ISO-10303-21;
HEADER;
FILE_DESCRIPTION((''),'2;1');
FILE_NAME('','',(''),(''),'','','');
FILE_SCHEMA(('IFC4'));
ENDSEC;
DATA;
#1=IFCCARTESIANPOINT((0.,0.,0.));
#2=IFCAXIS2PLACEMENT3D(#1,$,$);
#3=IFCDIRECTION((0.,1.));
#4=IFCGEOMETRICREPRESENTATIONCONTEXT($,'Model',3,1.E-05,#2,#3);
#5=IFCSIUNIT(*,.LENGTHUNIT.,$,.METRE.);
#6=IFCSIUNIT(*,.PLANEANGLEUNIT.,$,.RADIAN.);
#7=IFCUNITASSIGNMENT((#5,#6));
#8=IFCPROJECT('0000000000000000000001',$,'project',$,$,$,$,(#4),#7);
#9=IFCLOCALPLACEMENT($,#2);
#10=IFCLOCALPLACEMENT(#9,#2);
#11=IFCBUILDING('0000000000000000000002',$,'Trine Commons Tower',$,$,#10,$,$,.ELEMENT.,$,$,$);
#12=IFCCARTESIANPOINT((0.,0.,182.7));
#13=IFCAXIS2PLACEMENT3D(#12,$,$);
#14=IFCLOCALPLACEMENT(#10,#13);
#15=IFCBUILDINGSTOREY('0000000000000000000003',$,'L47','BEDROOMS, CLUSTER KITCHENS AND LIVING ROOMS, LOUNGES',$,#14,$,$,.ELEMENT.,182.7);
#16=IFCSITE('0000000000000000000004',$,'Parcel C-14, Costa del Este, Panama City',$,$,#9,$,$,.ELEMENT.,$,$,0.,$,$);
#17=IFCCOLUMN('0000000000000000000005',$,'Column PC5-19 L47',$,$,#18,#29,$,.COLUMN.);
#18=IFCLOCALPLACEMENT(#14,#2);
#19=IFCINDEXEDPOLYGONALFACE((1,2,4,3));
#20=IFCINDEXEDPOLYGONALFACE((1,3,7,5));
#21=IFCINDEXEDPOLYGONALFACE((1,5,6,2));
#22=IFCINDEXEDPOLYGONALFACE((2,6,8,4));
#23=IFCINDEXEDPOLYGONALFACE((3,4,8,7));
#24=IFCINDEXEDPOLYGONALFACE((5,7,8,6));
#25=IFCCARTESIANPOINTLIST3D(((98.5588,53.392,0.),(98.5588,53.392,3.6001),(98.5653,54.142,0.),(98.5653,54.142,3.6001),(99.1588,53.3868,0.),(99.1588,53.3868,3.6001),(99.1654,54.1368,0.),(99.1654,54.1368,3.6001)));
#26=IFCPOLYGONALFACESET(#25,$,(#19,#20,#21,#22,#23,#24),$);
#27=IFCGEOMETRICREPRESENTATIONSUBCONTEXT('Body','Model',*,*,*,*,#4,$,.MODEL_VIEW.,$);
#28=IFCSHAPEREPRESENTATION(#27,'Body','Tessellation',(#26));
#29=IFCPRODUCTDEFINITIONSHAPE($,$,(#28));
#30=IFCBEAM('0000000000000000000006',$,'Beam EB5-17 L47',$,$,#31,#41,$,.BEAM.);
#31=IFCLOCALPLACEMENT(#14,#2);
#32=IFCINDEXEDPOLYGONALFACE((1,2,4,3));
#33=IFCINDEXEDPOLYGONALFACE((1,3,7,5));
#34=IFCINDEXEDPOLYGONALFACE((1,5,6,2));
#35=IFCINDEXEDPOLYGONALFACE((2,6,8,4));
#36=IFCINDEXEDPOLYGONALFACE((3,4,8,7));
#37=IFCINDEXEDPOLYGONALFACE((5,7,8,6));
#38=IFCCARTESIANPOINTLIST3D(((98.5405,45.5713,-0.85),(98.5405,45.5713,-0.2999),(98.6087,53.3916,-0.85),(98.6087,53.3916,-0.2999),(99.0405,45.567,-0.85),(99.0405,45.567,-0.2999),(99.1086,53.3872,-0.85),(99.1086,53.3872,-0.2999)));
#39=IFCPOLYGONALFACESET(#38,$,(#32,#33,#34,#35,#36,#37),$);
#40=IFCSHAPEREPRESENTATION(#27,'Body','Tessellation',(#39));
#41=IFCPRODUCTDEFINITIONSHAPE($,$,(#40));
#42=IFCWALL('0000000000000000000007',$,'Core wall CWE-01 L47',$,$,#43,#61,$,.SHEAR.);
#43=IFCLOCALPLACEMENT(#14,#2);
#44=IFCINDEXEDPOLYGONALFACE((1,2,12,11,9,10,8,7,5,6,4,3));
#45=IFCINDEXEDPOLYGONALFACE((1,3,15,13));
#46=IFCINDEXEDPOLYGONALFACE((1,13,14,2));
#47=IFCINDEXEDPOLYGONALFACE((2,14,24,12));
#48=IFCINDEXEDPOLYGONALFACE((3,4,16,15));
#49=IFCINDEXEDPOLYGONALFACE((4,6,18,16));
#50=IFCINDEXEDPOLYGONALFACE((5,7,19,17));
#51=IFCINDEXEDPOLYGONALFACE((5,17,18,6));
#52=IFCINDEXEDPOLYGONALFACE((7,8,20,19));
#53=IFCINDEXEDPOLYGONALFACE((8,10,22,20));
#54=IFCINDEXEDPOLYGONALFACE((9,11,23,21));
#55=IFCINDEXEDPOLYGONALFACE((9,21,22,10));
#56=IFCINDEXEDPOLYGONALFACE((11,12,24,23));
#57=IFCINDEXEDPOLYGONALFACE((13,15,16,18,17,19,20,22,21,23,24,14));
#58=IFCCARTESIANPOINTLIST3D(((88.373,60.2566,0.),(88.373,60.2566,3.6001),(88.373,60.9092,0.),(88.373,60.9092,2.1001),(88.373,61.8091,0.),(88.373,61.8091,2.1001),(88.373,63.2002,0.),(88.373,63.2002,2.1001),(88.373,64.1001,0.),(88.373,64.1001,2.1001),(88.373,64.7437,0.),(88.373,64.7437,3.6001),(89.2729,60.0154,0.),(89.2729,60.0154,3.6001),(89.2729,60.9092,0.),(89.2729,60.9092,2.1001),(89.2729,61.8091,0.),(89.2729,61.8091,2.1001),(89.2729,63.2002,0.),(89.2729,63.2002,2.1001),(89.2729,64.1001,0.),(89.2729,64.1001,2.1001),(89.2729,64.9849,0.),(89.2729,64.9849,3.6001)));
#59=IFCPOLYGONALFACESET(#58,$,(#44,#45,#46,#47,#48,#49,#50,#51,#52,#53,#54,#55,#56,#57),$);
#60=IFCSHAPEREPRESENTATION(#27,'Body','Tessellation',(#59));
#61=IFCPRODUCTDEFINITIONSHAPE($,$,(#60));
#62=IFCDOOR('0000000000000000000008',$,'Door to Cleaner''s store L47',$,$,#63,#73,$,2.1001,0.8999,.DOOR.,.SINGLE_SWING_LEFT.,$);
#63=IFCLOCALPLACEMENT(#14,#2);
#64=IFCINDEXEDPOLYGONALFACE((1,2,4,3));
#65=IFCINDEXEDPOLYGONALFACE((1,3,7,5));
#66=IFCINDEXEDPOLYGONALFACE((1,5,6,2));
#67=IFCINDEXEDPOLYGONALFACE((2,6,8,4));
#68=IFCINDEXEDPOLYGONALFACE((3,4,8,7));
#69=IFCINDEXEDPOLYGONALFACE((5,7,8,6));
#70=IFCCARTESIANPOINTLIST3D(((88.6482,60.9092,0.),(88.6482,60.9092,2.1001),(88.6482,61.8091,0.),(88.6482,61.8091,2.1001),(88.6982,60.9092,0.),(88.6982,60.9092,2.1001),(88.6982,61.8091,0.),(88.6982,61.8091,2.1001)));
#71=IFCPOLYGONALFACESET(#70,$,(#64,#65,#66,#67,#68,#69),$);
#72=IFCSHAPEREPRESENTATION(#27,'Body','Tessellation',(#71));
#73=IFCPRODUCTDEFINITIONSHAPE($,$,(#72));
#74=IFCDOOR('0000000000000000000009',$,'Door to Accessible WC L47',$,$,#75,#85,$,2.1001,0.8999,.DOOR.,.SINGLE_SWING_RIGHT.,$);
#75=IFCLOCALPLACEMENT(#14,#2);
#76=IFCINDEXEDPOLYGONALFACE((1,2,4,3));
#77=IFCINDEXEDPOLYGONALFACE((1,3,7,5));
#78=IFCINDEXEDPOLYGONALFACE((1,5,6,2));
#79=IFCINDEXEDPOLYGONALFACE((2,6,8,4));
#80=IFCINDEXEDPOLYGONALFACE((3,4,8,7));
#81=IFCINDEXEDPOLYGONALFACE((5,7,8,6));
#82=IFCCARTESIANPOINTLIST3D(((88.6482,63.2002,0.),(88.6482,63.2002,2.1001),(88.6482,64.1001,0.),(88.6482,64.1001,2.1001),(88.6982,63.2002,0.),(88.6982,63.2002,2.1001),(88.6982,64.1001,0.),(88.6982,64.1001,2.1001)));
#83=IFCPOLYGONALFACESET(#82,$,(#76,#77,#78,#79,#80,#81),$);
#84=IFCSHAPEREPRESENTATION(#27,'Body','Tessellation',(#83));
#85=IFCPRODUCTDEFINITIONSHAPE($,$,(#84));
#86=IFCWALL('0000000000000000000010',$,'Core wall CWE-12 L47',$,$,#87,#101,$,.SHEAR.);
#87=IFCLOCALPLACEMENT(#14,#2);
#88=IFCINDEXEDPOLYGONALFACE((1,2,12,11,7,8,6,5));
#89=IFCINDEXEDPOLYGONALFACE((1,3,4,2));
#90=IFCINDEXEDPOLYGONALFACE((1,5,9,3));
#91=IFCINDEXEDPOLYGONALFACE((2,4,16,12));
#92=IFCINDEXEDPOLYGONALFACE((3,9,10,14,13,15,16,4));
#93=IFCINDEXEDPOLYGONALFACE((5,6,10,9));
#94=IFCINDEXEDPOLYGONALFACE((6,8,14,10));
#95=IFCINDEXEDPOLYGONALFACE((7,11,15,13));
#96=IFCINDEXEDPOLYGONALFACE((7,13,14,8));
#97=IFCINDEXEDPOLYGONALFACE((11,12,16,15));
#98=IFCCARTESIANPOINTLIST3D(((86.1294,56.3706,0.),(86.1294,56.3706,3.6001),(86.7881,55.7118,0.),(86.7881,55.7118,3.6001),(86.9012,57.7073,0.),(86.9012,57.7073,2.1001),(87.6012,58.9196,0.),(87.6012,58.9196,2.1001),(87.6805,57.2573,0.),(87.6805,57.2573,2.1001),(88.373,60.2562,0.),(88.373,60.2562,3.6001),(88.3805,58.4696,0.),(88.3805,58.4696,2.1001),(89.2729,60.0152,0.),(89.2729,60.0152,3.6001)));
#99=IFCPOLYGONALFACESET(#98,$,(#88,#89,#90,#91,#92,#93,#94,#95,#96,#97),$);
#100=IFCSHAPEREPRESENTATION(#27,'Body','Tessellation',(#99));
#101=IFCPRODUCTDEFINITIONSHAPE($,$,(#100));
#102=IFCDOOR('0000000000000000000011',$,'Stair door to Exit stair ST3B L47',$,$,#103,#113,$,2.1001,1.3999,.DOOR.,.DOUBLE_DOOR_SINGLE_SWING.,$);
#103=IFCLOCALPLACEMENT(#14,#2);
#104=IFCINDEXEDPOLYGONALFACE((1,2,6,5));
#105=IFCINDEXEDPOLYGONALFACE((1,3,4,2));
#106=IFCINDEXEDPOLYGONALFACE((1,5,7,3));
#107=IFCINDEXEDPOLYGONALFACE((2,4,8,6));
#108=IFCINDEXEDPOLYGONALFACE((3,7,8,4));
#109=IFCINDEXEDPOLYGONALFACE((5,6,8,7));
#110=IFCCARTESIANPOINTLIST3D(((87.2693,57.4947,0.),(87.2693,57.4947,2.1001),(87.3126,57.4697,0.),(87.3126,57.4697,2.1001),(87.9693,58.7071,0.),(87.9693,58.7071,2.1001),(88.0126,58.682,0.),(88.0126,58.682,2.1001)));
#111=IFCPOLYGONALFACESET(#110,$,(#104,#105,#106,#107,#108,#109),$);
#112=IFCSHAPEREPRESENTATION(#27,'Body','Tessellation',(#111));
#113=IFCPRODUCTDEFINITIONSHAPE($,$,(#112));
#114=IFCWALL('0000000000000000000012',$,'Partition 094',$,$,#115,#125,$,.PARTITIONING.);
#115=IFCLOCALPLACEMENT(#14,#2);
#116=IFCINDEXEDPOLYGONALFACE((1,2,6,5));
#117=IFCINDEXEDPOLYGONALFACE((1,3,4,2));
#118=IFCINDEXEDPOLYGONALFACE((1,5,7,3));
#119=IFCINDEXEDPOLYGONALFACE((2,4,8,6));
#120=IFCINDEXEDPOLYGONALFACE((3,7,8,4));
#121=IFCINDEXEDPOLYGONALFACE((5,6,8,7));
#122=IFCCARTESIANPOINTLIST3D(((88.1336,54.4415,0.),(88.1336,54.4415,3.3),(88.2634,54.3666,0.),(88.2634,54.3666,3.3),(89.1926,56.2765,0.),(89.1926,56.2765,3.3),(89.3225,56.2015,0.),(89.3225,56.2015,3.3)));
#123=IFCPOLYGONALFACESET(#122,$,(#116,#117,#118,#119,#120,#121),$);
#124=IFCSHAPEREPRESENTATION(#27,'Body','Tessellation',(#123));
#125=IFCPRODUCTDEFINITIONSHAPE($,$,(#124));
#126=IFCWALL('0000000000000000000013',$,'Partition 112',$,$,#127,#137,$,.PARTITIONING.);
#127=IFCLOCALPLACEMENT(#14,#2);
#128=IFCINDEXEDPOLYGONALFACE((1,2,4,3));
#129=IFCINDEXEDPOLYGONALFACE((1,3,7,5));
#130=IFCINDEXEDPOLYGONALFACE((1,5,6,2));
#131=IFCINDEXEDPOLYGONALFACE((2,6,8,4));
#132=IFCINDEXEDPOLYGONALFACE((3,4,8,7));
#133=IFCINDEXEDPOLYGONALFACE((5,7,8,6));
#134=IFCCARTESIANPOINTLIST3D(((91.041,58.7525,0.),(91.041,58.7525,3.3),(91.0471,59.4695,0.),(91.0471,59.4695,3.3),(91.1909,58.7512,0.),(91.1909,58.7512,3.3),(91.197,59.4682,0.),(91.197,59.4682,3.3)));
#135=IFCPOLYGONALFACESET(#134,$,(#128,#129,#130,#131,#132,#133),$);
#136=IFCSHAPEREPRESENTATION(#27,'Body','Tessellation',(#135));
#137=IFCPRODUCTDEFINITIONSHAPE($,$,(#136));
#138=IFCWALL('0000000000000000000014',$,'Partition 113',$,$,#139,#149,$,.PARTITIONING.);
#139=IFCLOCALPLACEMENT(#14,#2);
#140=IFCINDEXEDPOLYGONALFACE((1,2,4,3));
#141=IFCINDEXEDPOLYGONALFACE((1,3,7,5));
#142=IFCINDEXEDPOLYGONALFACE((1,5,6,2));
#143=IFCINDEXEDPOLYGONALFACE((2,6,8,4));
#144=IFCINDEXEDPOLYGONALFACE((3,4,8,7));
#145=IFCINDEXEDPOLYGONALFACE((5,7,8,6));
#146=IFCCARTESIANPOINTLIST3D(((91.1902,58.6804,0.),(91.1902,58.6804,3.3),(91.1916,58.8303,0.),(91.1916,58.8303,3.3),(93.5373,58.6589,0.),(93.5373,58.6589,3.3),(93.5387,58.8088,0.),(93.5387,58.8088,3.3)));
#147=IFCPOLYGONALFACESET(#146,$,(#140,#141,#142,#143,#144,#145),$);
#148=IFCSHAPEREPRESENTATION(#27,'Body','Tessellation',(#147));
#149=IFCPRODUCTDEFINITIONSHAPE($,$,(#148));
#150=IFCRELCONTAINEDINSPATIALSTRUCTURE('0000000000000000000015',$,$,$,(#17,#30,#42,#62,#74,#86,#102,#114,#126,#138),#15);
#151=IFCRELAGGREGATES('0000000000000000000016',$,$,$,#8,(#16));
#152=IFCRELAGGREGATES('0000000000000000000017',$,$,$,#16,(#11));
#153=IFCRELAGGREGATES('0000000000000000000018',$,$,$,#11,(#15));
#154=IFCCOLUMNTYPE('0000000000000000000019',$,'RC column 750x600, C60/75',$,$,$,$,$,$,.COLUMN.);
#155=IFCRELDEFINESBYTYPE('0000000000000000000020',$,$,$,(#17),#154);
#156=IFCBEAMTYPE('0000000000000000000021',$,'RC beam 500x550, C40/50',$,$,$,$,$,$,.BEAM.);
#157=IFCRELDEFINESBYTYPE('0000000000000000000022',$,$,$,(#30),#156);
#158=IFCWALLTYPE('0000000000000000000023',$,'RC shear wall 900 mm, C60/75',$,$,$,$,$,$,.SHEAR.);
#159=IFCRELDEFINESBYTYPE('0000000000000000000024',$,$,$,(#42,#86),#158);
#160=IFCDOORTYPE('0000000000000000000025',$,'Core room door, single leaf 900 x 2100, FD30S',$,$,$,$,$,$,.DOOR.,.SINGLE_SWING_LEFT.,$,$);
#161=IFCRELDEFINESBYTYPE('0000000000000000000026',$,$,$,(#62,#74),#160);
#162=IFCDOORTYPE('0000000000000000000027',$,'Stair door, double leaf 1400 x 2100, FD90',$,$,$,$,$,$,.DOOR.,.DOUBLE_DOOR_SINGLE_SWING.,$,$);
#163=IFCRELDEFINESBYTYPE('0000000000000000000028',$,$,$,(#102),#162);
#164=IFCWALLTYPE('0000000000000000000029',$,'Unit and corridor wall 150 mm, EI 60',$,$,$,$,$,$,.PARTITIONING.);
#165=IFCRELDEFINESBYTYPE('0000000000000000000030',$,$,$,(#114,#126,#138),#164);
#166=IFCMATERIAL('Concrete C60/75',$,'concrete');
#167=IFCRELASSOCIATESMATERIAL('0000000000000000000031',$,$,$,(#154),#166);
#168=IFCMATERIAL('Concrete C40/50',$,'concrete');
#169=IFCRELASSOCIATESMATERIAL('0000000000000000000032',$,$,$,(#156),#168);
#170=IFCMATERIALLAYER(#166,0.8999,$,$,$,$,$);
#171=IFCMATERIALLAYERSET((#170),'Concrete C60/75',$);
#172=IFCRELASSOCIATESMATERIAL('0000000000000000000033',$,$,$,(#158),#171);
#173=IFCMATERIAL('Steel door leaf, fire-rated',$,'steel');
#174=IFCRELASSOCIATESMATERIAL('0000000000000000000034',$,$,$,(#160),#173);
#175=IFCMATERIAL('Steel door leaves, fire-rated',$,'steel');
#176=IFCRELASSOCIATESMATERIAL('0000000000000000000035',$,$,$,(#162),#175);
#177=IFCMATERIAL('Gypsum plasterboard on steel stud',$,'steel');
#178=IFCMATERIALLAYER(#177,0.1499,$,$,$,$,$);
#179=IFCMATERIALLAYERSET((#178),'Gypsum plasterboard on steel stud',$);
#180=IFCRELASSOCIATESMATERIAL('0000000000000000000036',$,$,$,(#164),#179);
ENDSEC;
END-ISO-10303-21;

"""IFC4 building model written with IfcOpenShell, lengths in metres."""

from ifc_helpers import new_model, si_unit, direction, frame, frame_2d, origin, origin_2d, place, context, subcontext, project, spatial, polyline, rectangle, outline, extrude, material, layer, layer_set, material_profile, profile_set, type_object, element, fill, save


model = new_model("IFC4")

# Units and contexts
model_context = context("Model", 3, precision=1e-05, world=origin(), true_north=direction((0.0, 1.0)))
body_context = subcontext(model_context, "Body", "Model", "MODEL_VIEW")
ifc_project = project(units=[si_unit("LENGTHUNIT", "METRE"), si_unit("PLANEANGLEUNIT", "RADIAN")], contexts=[model_context])

# Site, building, storey
site_placement = place(None, origin())
site = spatial("IfcSite", under=ifc_project, at=site_placement, Name="Parcel C-14, Costa del Este, Panama City", CompositionType="ELEMENT", RefElevation=0.0)
building_placement = place(site_placement, origin())
building = spatial("IfcBuilding", under=site, at=building_placement, Name="Trine Commons Tower", CompositionType="ELEMENT")
storey_placement = place(building_placement, frame((0.0, 0.0, 182.7)))
storey = spatial("IfcBuildingStorey", under=building, at=storey_placement, Name="L47", Description="BEDROOMS, CLUSTER KITCHENS AND LIVING ROOMS, LOUNGES", CompositionType="ELEMENT", Elevation=182.7)

# Column
ifc_material_1 = material(Name="Concrete C60/75", Category="concrete")
ifc_material_profile_1 = material_profile(ifc_material_1, rectangle(XDim=0.75, YDim=0.6001, at=origin_2d()), Name="RC 750x600")
ifc_profile_set_1 = profile_set([ifc_material_profile_1], Name="Concrete C60/75")
column_type = type_object("IfcColumnType", Name="RC column 750x600, C60/75", PredefinedType="COLUMN", material=ifc_profile_set_1)
column_placement = place(storey_placement, frame((98.8621, 53.7644, 0.0), z_axis=(0.0, 0.0, 1.0), x_axis=(0.008727, 0.999962, 0.0)))
element("IfcColumn", 1, at=column_placement, inside=storey, type_object=column_type, Name="Column PC5-19 L47", PredefinedType="COLUMN", context=body_context, shape_type="SweptSolid", body=[
    extrude(rectangle(XDim=0.75, YDim=0.6001, at=origin_2d()), origin(), (0.0, 0.0, 1.0), 3.6001),
])

# Beam
ifc_material_2 = material(Name="Concrete C40/50", Category="concrete")
ifc_material_profile_2 = material_profile(ifc_material_2, rectangle(XDim=0.5, YDim=0.55, at=origin_2d()), Name="RC 500x550")
ifc_profile_set_2 = profile_set([ifc_material_profile_2], Name="Concrete C40/50")
beam_type = type_object("IfcBeamType", Name="RC beam 500x550, C40/50", PredefinedType="BEAM", material=ifc_profile_set_2)
beam_placement = place(storey_placement, frame((98.8586, 53.3894, -0.575), z_axis=(-0.00871, -0.999962, 0.0), x_axis=(0.999962, -0.00871, 0.0)))
element("IfcBeam", 2, at=beam_placement, inside=storey, type_object=beam_type, Name="Beam EB5-17 L47", PredefinedType="BEAM", context=body_context, shape_type="SweptSolid", body=[
    extrude(rectangle(XDim=0.5, YDim=0.55, at=origin_2d()), origin(), (0.0, 0.0, 1.0), 7.8206),
])

# Wall, openings, doors
ifc_layer_1 = layer(ifc_material_1, 0.8999)
ifc_layer_set_1 = layer_set([ifc_layer_1], Name="Concrete C60/75")
wall_type_1 = type_object("IfcWallType", Name="RC shear wall 900 mm, C60/75", PredefinedType="SHEAR", material=ifc_layer_set_1)
wall_1_placement = place(storey_placement, frame((88.823, 60.0154, 0.0), z_axis=(0.0, 0.0, 1.0), x_axis=(0.0, 1.0, 0.0)))
wall_1 = element("IfcWall", 3, at=wall_1_placement, inside=storey, type_object=wall_type_1, Name="Core wall CWE-01 L47", PredefinedType="SHEAR", context=body_context, shape_type="SweptSolid", body=[
    extrude(outline(polyline([(0.0, -0.45), (4.9695, -0.45), (4.7283, 0.45), (0.2412, 0.45), (0.0, -0.45)])), origin(), (0.0, 0.0, 1.0), 3.6001),
])
opening_1_placement = place(wall_1_placement, frame((0.8938, 0.0, 0.0)))
opening_1 = element("IfcOpeningElement", 4, at=opening_1_placement, cuts=wall_1, PredefinedType="OPENING", context=body_context, shape_type="SweptSolid", body=[
    extrude(rectangle(XDim=0.8999, YDim=2.1001, at=frame_2d((0.45, 1.05))), frame((0.0, 0.46, 0.0), z_axis=(0.0, -1.0, 0.0), x_axis=(1.0, 0.0, 0.0)), (0.0, 0.0, 1.0), 0.9199),
])
opening_2_placement = place(wall_1_placement, frame((3.1848, 0.0, 0.0)))
opening_2 = element("IfcOpeningElement", 5, at=opening_2_placement, cuts=wall_1, PredefinedType="OPENING", context=body_context, shape_type="SweptSolid", body=[
    extrude(rectangle(XDim=0.8999, YDim=2.1001, at=frame_2d((0.45, 1.05))), frame((0.0, 0.46, 0.0), z_axis=(0.0, -1.0, 0.0), x_axis=(1.0, 0.0, 0.0)), (0.0, 0.0, 1.0), 0.9199),
])
ifc_material_3 = material(Name="Steel door leaf, fire-rated", Category="steel")
door_type_1 = type_object("IfcDoorType", Name="Core room door, single leaf 900 x 2100, FD30S", OperationType="SINGLE_SWING_LEFT", PredefinedType="DOOR", material=ifc_material_3)
door_1_placement = place(opening_1_placement, origin())
door_1 = element("IfcDoor", 6, at=door_1_placement, inside=storey, type_object=door_type_1, Name="Door to Cleaner's store L47", OperationType="SINGLE_SWING_LEFT", OverallHeight=2.1001, OverallWidth=0.8999, PredefinedType="DOOR", context=body_context, shape_type="SweptSolid", body=[
    extrude(rectangle(XDim=0.8999, YDim=2.1001, at=frame_2d((0.45, 1.05))), frame((0.0, 0.1748, 0.0), z_axis=(0.0, -1.0, 0.0), x_axis=(1.0, 0.0, 0.0)), (0.0, 0.0, 1.0), 0.05),
])
fill(opening_1, door_1)
door_2_placement = place(opening_2_placement, origin())
door_2 = element("IfcDoor", 7, at=door_2_placement, inside=storey, type_object=door_type_1, Name="Door to Accessible WC L47", OperationType="SINGLE_SWING_RIGHT", OverallHeight=2.1001, OverallWidth=0.8999, PredefinedType="DOOR", context=body_context, shape_type="SweptSolid", body=[
    extrude(rectangle(XDim=0.8999, YDim=2.1001, at=frame_2d((0.45, 1.05))), frame((0.0, 0.1748, 0.0), z_axis=(0.0, -1.0, 0.0), x_axis=(1.0, 0.0, 0.0)), (0.0, 0.0, 1.0), 0.05),
])
fill(opening_2, door_2)

# Wall, opening, door
wall_2_placement = place(storey_placement, frame((86.3984, 55.9368, 0.0), z_axis=(0.0, 0.0, 1.0), x_axis=(0.500039, 0.866003, 0.0)))
wall_2 = element("IfcWall", 8, at=wall_2_placement, inside=storey, type_object=wall_type_1, Name="Core wall CWE-12 L47", PredefinedType="SHEAR", context=body_context, shape_type="SweptSolid", body=[
    extrude(outline(polyline([(0.0, -0.45), (4.9692, -0.45), (4.728, 0.45), (0.2412, 0.45), (0.0, -0.45)])), origin(), (0.0, 0.0, 1.0), 3.6001),
])
opening_3_placement = place(wall_2_placement, frame((1.7847, 0.0, 0.0)))
opening_3 = element("IfcOpeningElement", 9, at=opening_3_placement, cuts=wall_2, PredefinedType="OPENING", context=body_context, shape_type="SweptSolid", body=[
    extrude(rectangle(XDim=1.3999, YDim=2.1001, at=frame_2d((0.7, 1.05))), frame((0.0, 0.46, 0.0), z_axis=(0.0, -1.0, 0.0), x_axis=(1.0, 0.0, 0.0)), (0.0, 0.0, 1.0), 0.9199),
])
ifc_material_4 = material(Name="Steel door leaves, fire-rated", Category="steel")
door_type_2 = type_object("IfcDoorType", Name="Stair door, double leaf 1400 x 2100, FD90", OperationType="DOUBLE_DOOR_SINGLE_SWING", PredefinedType="DOOR", material=ifc_material_4)
door_3_placement = place(opening_3_placement, origin())
door_3 = element("IfcDoor", 10, at=door_3_placement, inside=storey, type_object=door_type_2, Name="Stair door to Exit stair ST3B L47", OperationType="DOUBLE_DOOR_SINGLE_SWING", OverallHeight=2.1001, OverallWidth=1.3999, PredefinedType="DOOR", context=body_context, shape_type="SweptSolid", body=[
    extrude(rectangle(XDim=1.3999, YDim=2.1001, at=frame_2d((0.7, 1.05))), frame((0.0, 0.0249, 0.0), z_axis=(0.0, -1.0, 0.0), x_axis=(1.0, 0.0, 0.0)), (0.0, 0.0, 1.0), 0.05),
])
fill(opening_3, door_3)

# Walls
ifc_material_5 = material(Name="Gypsum plasterboard on steel stud", Category="steel")
ifc_layer_2 = layer(ifc_material_5, 0.1499)
ifc_layer_set_2 = layer_set([ifc_layer_2], Name="Gypsum plasterboard on steel stud")
wall_type_2 = type_object("IfcWallType", Name="Unit and corridor wall 150 mm, EI 60", PredefinedType="PARTITIONING", material=ifc_layer_set_2)
wall_3_placement = place(storey_placement, frame((88.1985, 54.4041, 0.0), z_axis=(0.0, 0.0, 1.0), x_axis=(0.499882, 0.866093, 0.0)))
element("IfcWall", 11, at=wall_3_placement, inside=storey, type_object=wall_type_2, Name="Partition 094", PredefinedType="PARTITIONING", context=body_context, shape_type="SweptSolid", body=[
    extrude(rectangle(XDim=2.1187, YDim=0.1499, at=frame_2d((1.0593, 0.0))), origin(), (0.0, 0.0, 1.0), 3.3),
])
wall_4_placement = place(storey_placement, frame((91.116, 58.752, 0.0), z_axis=(0.0, 0.0, 1.0), x_axis=(0.008512, 0.999964, 0.0)))
element("IfcWall", 12, at=wall_4_placement, inside=storey, type_object=wall_type_2, Name="Partition 112", PredefinedType="PARTITIONING", context=body_context, shape_type="SweptSolid", body=[
    extrude(rectangle(XDim=0.717, YDim=0.1499, at=frame_2d((0.3584, 0.0))), origin(), (0.0, 0.0, 1.0), 3.3),
])
wall_5_placement = place(storey_placement, frame((91.1909, 58.7554, 0.0), z_axis=(0.0, 0.0, 1.0), x_axis=(0.999958, -0.009153, 0.0)))
element("IfcWall", 13, at=wall_5_placement, inside=storey, type_object=wall_type_2, Name="Partition 113", PredefinedType="PARTITIONING", context=body_context, shape_type="SweptSolid", body=[
    extrude(rectangle(XDim=2.3472, YDim=0.1499, at=frame_2d((1.1736, 0.0))), origin(), (0.0, 0.0, 1.0), 3.3),
])

save(model, "model.ifc")
